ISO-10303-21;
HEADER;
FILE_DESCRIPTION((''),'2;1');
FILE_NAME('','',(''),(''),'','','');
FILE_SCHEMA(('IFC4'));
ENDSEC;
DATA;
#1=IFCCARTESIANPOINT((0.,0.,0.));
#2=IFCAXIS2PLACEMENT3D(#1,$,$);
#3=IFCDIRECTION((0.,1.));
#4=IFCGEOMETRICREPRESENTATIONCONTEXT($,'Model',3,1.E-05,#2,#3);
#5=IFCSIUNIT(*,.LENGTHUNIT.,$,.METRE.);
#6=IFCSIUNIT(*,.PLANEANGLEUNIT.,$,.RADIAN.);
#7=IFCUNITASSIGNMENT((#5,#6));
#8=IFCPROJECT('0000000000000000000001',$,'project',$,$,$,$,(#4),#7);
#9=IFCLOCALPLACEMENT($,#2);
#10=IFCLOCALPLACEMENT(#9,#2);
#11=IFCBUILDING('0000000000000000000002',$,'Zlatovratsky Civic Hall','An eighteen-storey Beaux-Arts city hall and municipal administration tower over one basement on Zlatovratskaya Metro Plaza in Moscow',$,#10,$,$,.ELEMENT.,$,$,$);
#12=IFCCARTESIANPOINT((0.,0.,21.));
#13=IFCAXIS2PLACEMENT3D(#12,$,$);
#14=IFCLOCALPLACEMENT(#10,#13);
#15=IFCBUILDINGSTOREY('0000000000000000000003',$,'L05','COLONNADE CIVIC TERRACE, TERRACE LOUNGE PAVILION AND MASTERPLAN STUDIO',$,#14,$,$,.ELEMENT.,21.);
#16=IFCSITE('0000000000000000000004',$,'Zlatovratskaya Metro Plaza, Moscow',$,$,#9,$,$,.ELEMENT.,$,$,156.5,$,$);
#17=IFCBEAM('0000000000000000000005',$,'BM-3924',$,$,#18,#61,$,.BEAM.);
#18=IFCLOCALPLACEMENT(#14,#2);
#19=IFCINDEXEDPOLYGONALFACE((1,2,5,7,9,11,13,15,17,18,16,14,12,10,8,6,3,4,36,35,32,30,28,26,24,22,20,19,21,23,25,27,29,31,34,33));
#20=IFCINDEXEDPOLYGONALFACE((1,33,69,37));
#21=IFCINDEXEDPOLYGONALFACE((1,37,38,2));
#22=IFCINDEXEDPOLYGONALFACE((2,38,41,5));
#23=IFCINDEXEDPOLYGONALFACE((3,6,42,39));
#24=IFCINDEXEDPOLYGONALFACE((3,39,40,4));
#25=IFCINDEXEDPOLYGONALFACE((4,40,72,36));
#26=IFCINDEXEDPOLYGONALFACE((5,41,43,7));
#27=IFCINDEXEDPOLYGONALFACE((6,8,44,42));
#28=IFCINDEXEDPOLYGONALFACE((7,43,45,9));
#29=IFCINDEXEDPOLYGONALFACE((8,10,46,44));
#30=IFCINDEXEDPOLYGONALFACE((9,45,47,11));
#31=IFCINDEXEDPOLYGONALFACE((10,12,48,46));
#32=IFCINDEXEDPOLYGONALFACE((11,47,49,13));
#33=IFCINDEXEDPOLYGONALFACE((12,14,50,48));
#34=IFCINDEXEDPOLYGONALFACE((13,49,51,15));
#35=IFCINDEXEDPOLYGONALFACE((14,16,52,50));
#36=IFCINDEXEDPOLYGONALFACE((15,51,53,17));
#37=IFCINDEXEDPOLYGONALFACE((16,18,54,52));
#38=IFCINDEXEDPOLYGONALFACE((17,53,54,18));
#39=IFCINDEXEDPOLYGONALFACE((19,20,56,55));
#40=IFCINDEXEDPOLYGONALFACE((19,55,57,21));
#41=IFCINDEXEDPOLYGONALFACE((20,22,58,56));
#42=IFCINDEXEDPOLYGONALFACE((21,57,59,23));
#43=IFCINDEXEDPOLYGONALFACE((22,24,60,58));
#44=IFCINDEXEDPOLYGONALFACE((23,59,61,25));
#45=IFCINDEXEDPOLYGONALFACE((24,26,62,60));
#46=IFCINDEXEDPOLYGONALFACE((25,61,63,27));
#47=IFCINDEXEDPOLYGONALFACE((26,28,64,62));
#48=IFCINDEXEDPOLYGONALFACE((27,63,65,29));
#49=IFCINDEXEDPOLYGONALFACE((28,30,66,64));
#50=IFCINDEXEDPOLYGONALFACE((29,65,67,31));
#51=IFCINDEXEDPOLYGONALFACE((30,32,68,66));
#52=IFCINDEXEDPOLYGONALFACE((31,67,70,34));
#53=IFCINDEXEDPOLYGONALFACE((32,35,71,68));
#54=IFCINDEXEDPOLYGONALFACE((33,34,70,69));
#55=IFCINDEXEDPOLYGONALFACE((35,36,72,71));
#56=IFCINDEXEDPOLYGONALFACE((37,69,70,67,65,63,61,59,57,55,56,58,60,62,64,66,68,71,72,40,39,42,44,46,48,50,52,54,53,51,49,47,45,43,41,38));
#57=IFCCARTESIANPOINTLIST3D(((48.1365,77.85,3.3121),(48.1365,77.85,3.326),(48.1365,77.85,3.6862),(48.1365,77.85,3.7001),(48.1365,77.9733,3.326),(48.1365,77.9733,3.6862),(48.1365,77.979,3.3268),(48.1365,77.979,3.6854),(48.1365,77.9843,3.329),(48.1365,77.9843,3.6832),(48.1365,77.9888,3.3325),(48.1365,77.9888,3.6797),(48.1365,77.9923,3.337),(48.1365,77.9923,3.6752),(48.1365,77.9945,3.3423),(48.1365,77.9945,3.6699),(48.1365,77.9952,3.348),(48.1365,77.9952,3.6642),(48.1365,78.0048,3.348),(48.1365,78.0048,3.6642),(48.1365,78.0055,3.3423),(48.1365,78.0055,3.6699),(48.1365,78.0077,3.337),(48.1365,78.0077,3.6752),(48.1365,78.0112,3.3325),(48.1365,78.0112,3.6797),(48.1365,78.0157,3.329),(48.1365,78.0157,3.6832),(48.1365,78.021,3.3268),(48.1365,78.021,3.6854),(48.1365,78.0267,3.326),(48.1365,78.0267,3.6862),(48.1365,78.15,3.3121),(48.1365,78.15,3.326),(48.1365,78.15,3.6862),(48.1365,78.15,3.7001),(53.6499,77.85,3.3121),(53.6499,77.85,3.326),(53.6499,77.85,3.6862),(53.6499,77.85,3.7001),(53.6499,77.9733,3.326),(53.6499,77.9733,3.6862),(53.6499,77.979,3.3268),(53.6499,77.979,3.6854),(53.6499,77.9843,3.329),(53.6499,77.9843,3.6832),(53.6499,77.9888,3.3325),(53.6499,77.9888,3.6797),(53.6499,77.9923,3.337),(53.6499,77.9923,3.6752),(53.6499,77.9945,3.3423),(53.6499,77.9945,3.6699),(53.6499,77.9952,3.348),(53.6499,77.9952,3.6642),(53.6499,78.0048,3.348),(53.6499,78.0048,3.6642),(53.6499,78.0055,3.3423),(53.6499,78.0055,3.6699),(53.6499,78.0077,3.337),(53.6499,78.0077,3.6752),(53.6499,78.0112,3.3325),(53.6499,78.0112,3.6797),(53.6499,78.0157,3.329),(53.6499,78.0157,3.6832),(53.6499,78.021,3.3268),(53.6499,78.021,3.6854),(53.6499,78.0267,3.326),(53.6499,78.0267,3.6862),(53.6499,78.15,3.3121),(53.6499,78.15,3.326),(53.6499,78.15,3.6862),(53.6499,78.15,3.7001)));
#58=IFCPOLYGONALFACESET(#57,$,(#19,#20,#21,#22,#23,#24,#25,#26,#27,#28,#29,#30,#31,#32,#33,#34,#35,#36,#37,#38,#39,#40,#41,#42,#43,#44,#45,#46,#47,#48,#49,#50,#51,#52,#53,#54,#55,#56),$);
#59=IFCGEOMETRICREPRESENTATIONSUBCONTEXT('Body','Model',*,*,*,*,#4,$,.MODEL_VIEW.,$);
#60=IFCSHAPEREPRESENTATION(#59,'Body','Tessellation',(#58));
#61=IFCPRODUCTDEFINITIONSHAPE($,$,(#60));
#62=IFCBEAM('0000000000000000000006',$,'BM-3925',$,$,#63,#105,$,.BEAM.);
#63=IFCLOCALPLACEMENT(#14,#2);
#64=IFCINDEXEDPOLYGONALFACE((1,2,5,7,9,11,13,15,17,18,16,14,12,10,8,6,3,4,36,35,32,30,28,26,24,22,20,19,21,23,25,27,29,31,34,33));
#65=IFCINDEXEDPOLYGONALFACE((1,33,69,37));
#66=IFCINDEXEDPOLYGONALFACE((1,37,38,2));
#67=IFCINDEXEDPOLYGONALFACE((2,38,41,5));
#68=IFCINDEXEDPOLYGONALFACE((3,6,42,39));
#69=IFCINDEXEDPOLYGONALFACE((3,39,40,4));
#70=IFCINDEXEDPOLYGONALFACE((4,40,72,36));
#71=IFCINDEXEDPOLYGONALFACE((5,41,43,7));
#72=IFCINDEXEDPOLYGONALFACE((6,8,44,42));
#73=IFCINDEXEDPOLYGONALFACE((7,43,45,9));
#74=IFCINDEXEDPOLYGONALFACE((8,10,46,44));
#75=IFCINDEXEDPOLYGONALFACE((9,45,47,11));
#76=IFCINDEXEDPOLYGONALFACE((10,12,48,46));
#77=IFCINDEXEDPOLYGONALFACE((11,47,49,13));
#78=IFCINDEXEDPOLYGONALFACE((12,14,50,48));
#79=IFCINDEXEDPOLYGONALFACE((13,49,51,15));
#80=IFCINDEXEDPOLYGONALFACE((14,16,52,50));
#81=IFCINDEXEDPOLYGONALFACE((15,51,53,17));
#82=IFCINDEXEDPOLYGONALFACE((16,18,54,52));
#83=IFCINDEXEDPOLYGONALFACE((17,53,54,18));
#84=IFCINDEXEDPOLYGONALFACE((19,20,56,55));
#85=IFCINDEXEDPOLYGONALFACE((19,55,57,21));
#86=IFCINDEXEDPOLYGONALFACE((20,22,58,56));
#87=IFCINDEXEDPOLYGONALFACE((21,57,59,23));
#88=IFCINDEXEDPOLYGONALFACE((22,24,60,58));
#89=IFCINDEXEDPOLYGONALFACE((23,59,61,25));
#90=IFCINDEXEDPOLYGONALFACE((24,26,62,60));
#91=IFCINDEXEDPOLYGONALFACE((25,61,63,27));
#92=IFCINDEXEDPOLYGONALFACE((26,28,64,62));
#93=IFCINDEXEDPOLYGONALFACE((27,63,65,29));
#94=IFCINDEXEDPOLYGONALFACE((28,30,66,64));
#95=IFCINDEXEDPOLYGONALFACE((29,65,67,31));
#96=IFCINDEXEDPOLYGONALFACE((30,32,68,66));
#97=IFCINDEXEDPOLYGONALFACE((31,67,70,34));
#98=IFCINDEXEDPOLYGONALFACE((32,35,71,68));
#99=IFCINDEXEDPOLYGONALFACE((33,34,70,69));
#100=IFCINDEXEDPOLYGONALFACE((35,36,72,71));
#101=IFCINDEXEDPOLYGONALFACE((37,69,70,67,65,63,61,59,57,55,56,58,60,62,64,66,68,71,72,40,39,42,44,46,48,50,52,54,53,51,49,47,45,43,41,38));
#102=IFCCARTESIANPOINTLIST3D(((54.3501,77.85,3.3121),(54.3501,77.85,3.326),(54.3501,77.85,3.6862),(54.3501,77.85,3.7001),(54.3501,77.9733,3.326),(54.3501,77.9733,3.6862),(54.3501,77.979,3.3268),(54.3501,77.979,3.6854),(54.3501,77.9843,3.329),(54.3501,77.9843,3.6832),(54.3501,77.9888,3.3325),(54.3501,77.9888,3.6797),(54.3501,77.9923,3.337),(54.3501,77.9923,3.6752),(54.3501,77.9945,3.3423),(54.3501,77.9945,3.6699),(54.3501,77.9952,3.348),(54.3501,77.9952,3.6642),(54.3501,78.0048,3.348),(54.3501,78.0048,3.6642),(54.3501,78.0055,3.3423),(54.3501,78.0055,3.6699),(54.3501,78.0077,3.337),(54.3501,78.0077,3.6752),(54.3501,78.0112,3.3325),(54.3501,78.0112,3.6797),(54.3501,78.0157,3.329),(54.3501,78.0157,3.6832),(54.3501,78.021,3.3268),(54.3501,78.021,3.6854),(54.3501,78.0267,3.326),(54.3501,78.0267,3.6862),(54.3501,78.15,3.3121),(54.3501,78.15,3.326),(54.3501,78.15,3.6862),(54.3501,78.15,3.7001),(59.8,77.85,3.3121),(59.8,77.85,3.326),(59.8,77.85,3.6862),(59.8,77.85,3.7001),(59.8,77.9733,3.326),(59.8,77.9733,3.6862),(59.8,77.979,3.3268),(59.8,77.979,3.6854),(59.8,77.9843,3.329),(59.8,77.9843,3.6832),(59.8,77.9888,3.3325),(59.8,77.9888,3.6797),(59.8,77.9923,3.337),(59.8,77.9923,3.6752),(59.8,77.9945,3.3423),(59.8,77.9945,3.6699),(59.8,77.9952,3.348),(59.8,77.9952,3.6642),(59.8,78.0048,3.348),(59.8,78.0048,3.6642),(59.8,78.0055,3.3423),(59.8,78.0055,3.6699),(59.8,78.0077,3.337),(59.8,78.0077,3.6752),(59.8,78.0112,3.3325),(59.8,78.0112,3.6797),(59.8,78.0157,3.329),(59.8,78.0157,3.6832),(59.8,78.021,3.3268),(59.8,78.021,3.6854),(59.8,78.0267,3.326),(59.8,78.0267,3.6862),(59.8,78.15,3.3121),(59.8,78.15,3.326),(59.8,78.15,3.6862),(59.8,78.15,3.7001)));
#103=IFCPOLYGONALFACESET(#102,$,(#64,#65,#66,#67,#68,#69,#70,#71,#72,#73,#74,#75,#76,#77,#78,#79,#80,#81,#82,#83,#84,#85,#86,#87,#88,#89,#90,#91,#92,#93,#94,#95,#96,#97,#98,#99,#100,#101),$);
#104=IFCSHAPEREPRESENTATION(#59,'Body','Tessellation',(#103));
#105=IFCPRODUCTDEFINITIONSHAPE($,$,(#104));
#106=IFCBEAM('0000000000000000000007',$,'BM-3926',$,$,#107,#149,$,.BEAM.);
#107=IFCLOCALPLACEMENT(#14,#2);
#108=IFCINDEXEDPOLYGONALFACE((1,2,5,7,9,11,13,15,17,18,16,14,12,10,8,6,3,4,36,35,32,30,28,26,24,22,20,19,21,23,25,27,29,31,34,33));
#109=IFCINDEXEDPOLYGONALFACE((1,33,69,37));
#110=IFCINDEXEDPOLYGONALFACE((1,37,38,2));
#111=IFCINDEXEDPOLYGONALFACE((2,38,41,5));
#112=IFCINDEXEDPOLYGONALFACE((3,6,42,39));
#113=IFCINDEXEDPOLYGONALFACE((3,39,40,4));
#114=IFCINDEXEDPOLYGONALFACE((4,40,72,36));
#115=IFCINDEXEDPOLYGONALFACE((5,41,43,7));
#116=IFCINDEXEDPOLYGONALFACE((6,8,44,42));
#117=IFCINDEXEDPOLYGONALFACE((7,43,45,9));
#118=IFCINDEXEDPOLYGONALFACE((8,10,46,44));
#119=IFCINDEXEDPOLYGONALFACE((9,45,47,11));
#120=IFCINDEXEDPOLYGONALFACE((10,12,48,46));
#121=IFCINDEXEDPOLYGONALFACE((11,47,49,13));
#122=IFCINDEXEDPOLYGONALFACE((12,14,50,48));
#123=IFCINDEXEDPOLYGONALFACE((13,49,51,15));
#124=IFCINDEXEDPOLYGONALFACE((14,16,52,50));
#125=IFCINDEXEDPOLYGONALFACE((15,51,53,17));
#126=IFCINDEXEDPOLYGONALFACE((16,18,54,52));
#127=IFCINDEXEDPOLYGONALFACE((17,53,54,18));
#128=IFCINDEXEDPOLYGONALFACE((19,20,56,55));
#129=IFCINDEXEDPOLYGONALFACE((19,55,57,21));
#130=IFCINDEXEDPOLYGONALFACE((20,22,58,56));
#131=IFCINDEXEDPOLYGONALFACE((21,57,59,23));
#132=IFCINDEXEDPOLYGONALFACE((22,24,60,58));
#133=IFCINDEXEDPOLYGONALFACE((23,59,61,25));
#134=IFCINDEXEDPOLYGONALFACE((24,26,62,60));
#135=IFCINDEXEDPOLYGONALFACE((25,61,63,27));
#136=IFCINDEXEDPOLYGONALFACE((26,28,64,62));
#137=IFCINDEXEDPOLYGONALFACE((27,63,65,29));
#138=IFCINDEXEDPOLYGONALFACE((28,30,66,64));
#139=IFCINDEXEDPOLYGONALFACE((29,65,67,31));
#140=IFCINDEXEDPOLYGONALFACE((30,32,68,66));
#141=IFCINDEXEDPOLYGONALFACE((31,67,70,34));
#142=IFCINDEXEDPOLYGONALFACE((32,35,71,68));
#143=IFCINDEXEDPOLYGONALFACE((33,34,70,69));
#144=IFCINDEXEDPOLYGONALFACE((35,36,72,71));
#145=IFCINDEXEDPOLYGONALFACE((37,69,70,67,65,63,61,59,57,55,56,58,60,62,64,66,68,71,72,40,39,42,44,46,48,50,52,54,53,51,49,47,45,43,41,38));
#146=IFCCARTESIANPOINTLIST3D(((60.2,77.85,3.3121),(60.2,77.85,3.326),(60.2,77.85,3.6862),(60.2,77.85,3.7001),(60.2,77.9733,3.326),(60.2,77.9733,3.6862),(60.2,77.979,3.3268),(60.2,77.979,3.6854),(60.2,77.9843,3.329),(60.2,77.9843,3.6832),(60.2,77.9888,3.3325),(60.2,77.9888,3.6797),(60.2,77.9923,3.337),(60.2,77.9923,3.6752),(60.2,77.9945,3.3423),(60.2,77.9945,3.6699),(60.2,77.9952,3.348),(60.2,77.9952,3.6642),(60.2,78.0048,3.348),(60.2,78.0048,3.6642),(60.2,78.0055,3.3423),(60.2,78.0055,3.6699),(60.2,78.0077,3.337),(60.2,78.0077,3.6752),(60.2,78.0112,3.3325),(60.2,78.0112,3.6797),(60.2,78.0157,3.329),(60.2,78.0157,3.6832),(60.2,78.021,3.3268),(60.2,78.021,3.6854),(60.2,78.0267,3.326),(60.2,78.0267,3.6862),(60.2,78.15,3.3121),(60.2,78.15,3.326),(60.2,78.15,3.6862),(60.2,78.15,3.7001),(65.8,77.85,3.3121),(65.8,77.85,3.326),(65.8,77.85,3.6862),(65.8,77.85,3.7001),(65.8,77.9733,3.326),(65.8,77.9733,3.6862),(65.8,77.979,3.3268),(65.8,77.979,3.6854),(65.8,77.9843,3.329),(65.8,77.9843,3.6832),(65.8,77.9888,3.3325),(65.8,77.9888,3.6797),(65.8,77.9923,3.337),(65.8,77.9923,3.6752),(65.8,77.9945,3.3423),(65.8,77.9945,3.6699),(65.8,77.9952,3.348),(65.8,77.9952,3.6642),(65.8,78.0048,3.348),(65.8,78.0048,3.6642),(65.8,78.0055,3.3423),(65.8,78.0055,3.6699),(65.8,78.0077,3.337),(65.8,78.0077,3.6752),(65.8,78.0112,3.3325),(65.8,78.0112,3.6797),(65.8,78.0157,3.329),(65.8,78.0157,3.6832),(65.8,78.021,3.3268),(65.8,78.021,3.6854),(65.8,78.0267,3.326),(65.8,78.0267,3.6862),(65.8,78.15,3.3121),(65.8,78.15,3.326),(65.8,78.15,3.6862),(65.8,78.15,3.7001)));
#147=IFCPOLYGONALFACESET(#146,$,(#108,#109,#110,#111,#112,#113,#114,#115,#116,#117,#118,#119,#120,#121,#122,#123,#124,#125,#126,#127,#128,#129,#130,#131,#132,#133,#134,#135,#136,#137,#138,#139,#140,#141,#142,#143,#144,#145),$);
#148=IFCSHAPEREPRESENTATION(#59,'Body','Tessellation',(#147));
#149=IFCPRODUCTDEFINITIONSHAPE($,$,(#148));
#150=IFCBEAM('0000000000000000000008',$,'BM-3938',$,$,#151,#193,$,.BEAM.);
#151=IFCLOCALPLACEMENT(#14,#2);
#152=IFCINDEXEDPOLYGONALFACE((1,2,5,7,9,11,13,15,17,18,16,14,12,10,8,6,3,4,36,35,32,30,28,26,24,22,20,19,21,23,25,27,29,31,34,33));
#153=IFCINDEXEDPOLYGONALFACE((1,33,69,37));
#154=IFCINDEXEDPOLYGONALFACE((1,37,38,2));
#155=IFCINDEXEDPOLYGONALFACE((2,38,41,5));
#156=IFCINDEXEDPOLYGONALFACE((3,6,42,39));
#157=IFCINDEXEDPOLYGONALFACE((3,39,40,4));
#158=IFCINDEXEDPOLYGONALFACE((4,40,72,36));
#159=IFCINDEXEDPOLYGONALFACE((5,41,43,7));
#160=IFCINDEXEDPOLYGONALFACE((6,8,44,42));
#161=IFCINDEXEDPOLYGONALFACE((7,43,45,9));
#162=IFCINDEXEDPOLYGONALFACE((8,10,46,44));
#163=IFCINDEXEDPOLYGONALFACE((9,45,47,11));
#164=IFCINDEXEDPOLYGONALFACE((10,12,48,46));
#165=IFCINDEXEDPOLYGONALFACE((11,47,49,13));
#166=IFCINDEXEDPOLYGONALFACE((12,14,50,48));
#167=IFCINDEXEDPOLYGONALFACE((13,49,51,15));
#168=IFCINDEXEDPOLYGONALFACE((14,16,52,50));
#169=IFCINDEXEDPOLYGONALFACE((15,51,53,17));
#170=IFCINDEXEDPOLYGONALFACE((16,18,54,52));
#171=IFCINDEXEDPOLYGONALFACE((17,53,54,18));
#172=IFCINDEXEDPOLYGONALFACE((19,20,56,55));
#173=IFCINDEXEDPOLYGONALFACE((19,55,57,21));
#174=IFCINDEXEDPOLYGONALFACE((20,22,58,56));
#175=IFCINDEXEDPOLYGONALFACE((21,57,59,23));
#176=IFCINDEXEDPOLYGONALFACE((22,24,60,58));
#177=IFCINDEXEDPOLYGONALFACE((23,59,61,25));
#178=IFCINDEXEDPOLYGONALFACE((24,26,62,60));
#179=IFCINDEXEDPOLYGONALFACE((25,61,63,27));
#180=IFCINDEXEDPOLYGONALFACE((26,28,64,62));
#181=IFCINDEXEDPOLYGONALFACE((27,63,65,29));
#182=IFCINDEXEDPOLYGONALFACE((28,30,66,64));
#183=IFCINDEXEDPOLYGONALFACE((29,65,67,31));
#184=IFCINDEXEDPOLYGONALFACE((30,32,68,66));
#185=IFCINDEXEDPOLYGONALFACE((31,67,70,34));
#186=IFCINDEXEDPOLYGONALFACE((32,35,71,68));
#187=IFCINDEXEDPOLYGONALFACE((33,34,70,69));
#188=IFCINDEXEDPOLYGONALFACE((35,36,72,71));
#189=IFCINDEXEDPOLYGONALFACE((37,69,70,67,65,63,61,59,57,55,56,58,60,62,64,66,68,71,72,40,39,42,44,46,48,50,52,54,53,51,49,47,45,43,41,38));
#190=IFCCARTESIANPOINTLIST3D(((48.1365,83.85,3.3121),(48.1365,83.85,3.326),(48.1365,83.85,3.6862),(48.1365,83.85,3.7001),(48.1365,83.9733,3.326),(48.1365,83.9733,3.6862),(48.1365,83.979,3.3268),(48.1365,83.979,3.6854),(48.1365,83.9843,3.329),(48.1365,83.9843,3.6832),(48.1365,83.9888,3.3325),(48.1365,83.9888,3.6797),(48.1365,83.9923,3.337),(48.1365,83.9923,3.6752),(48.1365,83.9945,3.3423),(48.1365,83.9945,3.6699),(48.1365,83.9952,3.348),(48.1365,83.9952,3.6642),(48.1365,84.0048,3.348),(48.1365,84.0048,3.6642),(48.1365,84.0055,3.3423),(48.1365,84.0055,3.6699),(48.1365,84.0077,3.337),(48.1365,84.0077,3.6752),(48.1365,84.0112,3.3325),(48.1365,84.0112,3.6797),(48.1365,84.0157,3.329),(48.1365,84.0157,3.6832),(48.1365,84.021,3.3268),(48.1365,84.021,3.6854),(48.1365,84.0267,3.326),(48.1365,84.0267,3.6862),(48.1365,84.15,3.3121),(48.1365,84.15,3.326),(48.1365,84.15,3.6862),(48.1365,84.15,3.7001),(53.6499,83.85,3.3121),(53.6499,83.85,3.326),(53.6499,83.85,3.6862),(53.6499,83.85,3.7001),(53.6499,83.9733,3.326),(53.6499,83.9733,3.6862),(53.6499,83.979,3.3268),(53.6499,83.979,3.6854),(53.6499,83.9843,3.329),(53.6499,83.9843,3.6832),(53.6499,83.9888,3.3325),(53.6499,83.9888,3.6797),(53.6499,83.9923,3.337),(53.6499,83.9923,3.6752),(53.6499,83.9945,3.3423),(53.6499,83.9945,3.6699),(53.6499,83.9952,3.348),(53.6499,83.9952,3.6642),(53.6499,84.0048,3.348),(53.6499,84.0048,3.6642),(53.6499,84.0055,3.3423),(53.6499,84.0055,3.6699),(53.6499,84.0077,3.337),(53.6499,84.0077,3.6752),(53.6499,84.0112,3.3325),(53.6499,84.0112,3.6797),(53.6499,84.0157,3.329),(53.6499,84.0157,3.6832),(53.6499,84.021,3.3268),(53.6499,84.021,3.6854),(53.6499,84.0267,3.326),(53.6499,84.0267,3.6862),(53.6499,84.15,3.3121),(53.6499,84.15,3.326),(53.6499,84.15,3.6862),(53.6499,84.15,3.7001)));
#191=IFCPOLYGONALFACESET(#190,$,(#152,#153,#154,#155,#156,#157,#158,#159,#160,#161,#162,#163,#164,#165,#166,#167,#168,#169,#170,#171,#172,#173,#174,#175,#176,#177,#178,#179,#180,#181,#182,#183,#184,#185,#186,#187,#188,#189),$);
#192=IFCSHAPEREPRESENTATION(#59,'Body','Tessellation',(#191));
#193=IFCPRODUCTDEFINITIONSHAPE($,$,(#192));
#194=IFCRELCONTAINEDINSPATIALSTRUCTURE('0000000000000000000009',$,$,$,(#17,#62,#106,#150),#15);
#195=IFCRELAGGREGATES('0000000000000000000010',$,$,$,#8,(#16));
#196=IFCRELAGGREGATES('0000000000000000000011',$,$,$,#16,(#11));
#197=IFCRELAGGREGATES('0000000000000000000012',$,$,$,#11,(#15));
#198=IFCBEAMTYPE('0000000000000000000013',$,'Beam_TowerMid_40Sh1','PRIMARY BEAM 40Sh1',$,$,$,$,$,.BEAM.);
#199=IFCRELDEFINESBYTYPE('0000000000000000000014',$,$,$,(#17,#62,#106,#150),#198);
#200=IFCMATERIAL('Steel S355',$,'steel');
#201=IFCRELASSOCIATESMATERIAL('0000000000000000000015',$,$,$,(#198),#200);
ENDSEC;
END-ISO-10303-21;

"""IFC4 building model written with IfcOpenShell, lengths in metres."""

from ifc_helpers import new_model, si_unit, direction, frame, origin, origin_2d, place, context, subcontext, project, spatial, i_section, extrude, material, material_profile, profile_set, type_object, element, save


model = new_model("IFC4")

# Units and contexts
model_context = context("Model", 3, precision=1e-05, world=origin(), true_north=direction((0.0, 1.0)))
body_context = subcontext(model_context, "Body", "Model", "MODEL_VIEW")
ifc_project = project(units=[si_unit("LENGTHUNIT", "METRE"), si_unit("PLANEANGLEUNIT", "RADIAN")], contexts=[model_context])

# Site, building, storey
site_placement = place(None, origin())
site = spatial("IfcSite", under=ifc_project, at=site_placement, Name="Zlatovratskaya Metro Plaza, Moscow", CompositionType="ELEMENT", RefElevation=156.5)
building_placement = place(site_placement, origin())
building = spatial("IfcBuilding", under=site, at=building_placement, Name="Zlatovratsky Civic Hall", Description="An eighteen-storey Beaux-Arts city hall and municipal administration tower over one basement on Zlatovratskaya Metro Plaza in Moscow", CompositionType="ELEMENT")
storey_placement = place(building_placement, frame((0.0, 0.0, 21.0)))
storey = spatial("IfcBuildingStorey", under=building, at=storey_placement, Name="L05", Description="COLONNADE CIVIC TERRACE, TERRACE LOUNGE PAVILION AND MASTERPLAN STUDIO", CompositionType="ELEMENT", Elevation=21.0)

# Shared definitions
ifc_material_1 = material(Name="Steel S355", Category="steel")

# Beams
ifc_material_profile_1 = material_profile(ifc_material_1, i_section(OverallWidth=0.3, OverallDepth=0.3879, WebThickness=0.0095, FlangeThickness=0.0139, FilletRadius=0.022, at=origin_2d()), Name="40Sh1")
ifc_profile_set_1 = profile_set([ifc_material_profile_1], Name="Steel S355")
beam_type_1 = type_object("IfcBeamType", Name="Beam_TowerMid_40Sh1", Description="PRIMARY BEAM 40Sh1", PredefinedType="BEAM", material=ifc_profile_set_1)
beam_1_placement = place(storey_placement, frame((48.1365, 78.0, 3.5061), z_axis=(1.0, 0.0, 0.0), x_axis=(0.0, 1.0, 0.0)))
element("IfcBeam", 1, at=beam_1_placement, inside=storey, type_object=beam_type_1, Name="BM-3924", PredefinedType="BEAM", context=body_context, shape_type="SweptSolid", body=[
    extrude(i_section(OverallWidth=0.3, OverallDepth=0.3879, WebThickness=0.0095, FlangeThickness=0.0139, FilletRadius=0.022, at=origin_2d()), origin(), (0.0, 0.0, 1.0), 5.5134),
])
beam_2_placement = place(storey_placement, frame((54.3501, 78.0, 3.5061), z_axis=(1.0, 0.0, 0.0), x_axis=(0.0, 1.0, 0.0)))
element("IfcBeam", 2, at=beam_2_placement, inside=storey, type_object=beam_type_1, Name="BM-3925", PredefinedType="BEAM", context=body_context, shape_type="SweptSolid", body=[
    extrude(i_section(OverallWidth=0.3, OverallDepth=0.3879, WebThickness=0.0095, FlangeThickness=0.0139, FilletRadius=0.022, at=origin_2d()), origin(), (0.0, 0.0, 1.0), 5.45),
])
beam_3_placement = place(storey_placement, frame((60.2, 78.0, 3.5061), z_axis=(1.0, 0.0, 0.0), x_axis=(0.0, 1.0, 0.0)))
element("IfcBeam", 3, at=beam_3_placement, inside=storey, type_object=beam_type_1, Name="BM-3926", PredefinedType="BEAM", context=body_context, shape_type="SweptSolid", body=[
    extrude(i_section(OverallWidth=0.3, OverallDepth=0.3879, WebThickness=0.0095, FlangeThickness=0.0139, FilletRadius=0.022, at=origin_2d()), origin(), (0.0, 0.0, 1.0), 5.6001),
])
beam_4_placement = place(storey_placement, frame((48.1365, 84.0, 3.5061), z_axis=(1.0, 0.0, 0.0), x_axis=(0.0, 1.0, 0.0)))
element("IfcBeam", 4, at=beam_4_placement, inside=storey, type_object=beam_type_1, Name="BM-3938", PredefinedType="BEAM", context=body_context, shape_type="SweptSolid", body=[
    extrude(i_section(OverallWidth=0.3, OverallDepth=0.3879, WebThickness=0.0095, FlangeThickness=0.0139, FilletRadius=0.022, at=origin_2d()), origin(), (0.0, 0.0, 1.0), 5.5134),
])

save(model, "model.ifc")
